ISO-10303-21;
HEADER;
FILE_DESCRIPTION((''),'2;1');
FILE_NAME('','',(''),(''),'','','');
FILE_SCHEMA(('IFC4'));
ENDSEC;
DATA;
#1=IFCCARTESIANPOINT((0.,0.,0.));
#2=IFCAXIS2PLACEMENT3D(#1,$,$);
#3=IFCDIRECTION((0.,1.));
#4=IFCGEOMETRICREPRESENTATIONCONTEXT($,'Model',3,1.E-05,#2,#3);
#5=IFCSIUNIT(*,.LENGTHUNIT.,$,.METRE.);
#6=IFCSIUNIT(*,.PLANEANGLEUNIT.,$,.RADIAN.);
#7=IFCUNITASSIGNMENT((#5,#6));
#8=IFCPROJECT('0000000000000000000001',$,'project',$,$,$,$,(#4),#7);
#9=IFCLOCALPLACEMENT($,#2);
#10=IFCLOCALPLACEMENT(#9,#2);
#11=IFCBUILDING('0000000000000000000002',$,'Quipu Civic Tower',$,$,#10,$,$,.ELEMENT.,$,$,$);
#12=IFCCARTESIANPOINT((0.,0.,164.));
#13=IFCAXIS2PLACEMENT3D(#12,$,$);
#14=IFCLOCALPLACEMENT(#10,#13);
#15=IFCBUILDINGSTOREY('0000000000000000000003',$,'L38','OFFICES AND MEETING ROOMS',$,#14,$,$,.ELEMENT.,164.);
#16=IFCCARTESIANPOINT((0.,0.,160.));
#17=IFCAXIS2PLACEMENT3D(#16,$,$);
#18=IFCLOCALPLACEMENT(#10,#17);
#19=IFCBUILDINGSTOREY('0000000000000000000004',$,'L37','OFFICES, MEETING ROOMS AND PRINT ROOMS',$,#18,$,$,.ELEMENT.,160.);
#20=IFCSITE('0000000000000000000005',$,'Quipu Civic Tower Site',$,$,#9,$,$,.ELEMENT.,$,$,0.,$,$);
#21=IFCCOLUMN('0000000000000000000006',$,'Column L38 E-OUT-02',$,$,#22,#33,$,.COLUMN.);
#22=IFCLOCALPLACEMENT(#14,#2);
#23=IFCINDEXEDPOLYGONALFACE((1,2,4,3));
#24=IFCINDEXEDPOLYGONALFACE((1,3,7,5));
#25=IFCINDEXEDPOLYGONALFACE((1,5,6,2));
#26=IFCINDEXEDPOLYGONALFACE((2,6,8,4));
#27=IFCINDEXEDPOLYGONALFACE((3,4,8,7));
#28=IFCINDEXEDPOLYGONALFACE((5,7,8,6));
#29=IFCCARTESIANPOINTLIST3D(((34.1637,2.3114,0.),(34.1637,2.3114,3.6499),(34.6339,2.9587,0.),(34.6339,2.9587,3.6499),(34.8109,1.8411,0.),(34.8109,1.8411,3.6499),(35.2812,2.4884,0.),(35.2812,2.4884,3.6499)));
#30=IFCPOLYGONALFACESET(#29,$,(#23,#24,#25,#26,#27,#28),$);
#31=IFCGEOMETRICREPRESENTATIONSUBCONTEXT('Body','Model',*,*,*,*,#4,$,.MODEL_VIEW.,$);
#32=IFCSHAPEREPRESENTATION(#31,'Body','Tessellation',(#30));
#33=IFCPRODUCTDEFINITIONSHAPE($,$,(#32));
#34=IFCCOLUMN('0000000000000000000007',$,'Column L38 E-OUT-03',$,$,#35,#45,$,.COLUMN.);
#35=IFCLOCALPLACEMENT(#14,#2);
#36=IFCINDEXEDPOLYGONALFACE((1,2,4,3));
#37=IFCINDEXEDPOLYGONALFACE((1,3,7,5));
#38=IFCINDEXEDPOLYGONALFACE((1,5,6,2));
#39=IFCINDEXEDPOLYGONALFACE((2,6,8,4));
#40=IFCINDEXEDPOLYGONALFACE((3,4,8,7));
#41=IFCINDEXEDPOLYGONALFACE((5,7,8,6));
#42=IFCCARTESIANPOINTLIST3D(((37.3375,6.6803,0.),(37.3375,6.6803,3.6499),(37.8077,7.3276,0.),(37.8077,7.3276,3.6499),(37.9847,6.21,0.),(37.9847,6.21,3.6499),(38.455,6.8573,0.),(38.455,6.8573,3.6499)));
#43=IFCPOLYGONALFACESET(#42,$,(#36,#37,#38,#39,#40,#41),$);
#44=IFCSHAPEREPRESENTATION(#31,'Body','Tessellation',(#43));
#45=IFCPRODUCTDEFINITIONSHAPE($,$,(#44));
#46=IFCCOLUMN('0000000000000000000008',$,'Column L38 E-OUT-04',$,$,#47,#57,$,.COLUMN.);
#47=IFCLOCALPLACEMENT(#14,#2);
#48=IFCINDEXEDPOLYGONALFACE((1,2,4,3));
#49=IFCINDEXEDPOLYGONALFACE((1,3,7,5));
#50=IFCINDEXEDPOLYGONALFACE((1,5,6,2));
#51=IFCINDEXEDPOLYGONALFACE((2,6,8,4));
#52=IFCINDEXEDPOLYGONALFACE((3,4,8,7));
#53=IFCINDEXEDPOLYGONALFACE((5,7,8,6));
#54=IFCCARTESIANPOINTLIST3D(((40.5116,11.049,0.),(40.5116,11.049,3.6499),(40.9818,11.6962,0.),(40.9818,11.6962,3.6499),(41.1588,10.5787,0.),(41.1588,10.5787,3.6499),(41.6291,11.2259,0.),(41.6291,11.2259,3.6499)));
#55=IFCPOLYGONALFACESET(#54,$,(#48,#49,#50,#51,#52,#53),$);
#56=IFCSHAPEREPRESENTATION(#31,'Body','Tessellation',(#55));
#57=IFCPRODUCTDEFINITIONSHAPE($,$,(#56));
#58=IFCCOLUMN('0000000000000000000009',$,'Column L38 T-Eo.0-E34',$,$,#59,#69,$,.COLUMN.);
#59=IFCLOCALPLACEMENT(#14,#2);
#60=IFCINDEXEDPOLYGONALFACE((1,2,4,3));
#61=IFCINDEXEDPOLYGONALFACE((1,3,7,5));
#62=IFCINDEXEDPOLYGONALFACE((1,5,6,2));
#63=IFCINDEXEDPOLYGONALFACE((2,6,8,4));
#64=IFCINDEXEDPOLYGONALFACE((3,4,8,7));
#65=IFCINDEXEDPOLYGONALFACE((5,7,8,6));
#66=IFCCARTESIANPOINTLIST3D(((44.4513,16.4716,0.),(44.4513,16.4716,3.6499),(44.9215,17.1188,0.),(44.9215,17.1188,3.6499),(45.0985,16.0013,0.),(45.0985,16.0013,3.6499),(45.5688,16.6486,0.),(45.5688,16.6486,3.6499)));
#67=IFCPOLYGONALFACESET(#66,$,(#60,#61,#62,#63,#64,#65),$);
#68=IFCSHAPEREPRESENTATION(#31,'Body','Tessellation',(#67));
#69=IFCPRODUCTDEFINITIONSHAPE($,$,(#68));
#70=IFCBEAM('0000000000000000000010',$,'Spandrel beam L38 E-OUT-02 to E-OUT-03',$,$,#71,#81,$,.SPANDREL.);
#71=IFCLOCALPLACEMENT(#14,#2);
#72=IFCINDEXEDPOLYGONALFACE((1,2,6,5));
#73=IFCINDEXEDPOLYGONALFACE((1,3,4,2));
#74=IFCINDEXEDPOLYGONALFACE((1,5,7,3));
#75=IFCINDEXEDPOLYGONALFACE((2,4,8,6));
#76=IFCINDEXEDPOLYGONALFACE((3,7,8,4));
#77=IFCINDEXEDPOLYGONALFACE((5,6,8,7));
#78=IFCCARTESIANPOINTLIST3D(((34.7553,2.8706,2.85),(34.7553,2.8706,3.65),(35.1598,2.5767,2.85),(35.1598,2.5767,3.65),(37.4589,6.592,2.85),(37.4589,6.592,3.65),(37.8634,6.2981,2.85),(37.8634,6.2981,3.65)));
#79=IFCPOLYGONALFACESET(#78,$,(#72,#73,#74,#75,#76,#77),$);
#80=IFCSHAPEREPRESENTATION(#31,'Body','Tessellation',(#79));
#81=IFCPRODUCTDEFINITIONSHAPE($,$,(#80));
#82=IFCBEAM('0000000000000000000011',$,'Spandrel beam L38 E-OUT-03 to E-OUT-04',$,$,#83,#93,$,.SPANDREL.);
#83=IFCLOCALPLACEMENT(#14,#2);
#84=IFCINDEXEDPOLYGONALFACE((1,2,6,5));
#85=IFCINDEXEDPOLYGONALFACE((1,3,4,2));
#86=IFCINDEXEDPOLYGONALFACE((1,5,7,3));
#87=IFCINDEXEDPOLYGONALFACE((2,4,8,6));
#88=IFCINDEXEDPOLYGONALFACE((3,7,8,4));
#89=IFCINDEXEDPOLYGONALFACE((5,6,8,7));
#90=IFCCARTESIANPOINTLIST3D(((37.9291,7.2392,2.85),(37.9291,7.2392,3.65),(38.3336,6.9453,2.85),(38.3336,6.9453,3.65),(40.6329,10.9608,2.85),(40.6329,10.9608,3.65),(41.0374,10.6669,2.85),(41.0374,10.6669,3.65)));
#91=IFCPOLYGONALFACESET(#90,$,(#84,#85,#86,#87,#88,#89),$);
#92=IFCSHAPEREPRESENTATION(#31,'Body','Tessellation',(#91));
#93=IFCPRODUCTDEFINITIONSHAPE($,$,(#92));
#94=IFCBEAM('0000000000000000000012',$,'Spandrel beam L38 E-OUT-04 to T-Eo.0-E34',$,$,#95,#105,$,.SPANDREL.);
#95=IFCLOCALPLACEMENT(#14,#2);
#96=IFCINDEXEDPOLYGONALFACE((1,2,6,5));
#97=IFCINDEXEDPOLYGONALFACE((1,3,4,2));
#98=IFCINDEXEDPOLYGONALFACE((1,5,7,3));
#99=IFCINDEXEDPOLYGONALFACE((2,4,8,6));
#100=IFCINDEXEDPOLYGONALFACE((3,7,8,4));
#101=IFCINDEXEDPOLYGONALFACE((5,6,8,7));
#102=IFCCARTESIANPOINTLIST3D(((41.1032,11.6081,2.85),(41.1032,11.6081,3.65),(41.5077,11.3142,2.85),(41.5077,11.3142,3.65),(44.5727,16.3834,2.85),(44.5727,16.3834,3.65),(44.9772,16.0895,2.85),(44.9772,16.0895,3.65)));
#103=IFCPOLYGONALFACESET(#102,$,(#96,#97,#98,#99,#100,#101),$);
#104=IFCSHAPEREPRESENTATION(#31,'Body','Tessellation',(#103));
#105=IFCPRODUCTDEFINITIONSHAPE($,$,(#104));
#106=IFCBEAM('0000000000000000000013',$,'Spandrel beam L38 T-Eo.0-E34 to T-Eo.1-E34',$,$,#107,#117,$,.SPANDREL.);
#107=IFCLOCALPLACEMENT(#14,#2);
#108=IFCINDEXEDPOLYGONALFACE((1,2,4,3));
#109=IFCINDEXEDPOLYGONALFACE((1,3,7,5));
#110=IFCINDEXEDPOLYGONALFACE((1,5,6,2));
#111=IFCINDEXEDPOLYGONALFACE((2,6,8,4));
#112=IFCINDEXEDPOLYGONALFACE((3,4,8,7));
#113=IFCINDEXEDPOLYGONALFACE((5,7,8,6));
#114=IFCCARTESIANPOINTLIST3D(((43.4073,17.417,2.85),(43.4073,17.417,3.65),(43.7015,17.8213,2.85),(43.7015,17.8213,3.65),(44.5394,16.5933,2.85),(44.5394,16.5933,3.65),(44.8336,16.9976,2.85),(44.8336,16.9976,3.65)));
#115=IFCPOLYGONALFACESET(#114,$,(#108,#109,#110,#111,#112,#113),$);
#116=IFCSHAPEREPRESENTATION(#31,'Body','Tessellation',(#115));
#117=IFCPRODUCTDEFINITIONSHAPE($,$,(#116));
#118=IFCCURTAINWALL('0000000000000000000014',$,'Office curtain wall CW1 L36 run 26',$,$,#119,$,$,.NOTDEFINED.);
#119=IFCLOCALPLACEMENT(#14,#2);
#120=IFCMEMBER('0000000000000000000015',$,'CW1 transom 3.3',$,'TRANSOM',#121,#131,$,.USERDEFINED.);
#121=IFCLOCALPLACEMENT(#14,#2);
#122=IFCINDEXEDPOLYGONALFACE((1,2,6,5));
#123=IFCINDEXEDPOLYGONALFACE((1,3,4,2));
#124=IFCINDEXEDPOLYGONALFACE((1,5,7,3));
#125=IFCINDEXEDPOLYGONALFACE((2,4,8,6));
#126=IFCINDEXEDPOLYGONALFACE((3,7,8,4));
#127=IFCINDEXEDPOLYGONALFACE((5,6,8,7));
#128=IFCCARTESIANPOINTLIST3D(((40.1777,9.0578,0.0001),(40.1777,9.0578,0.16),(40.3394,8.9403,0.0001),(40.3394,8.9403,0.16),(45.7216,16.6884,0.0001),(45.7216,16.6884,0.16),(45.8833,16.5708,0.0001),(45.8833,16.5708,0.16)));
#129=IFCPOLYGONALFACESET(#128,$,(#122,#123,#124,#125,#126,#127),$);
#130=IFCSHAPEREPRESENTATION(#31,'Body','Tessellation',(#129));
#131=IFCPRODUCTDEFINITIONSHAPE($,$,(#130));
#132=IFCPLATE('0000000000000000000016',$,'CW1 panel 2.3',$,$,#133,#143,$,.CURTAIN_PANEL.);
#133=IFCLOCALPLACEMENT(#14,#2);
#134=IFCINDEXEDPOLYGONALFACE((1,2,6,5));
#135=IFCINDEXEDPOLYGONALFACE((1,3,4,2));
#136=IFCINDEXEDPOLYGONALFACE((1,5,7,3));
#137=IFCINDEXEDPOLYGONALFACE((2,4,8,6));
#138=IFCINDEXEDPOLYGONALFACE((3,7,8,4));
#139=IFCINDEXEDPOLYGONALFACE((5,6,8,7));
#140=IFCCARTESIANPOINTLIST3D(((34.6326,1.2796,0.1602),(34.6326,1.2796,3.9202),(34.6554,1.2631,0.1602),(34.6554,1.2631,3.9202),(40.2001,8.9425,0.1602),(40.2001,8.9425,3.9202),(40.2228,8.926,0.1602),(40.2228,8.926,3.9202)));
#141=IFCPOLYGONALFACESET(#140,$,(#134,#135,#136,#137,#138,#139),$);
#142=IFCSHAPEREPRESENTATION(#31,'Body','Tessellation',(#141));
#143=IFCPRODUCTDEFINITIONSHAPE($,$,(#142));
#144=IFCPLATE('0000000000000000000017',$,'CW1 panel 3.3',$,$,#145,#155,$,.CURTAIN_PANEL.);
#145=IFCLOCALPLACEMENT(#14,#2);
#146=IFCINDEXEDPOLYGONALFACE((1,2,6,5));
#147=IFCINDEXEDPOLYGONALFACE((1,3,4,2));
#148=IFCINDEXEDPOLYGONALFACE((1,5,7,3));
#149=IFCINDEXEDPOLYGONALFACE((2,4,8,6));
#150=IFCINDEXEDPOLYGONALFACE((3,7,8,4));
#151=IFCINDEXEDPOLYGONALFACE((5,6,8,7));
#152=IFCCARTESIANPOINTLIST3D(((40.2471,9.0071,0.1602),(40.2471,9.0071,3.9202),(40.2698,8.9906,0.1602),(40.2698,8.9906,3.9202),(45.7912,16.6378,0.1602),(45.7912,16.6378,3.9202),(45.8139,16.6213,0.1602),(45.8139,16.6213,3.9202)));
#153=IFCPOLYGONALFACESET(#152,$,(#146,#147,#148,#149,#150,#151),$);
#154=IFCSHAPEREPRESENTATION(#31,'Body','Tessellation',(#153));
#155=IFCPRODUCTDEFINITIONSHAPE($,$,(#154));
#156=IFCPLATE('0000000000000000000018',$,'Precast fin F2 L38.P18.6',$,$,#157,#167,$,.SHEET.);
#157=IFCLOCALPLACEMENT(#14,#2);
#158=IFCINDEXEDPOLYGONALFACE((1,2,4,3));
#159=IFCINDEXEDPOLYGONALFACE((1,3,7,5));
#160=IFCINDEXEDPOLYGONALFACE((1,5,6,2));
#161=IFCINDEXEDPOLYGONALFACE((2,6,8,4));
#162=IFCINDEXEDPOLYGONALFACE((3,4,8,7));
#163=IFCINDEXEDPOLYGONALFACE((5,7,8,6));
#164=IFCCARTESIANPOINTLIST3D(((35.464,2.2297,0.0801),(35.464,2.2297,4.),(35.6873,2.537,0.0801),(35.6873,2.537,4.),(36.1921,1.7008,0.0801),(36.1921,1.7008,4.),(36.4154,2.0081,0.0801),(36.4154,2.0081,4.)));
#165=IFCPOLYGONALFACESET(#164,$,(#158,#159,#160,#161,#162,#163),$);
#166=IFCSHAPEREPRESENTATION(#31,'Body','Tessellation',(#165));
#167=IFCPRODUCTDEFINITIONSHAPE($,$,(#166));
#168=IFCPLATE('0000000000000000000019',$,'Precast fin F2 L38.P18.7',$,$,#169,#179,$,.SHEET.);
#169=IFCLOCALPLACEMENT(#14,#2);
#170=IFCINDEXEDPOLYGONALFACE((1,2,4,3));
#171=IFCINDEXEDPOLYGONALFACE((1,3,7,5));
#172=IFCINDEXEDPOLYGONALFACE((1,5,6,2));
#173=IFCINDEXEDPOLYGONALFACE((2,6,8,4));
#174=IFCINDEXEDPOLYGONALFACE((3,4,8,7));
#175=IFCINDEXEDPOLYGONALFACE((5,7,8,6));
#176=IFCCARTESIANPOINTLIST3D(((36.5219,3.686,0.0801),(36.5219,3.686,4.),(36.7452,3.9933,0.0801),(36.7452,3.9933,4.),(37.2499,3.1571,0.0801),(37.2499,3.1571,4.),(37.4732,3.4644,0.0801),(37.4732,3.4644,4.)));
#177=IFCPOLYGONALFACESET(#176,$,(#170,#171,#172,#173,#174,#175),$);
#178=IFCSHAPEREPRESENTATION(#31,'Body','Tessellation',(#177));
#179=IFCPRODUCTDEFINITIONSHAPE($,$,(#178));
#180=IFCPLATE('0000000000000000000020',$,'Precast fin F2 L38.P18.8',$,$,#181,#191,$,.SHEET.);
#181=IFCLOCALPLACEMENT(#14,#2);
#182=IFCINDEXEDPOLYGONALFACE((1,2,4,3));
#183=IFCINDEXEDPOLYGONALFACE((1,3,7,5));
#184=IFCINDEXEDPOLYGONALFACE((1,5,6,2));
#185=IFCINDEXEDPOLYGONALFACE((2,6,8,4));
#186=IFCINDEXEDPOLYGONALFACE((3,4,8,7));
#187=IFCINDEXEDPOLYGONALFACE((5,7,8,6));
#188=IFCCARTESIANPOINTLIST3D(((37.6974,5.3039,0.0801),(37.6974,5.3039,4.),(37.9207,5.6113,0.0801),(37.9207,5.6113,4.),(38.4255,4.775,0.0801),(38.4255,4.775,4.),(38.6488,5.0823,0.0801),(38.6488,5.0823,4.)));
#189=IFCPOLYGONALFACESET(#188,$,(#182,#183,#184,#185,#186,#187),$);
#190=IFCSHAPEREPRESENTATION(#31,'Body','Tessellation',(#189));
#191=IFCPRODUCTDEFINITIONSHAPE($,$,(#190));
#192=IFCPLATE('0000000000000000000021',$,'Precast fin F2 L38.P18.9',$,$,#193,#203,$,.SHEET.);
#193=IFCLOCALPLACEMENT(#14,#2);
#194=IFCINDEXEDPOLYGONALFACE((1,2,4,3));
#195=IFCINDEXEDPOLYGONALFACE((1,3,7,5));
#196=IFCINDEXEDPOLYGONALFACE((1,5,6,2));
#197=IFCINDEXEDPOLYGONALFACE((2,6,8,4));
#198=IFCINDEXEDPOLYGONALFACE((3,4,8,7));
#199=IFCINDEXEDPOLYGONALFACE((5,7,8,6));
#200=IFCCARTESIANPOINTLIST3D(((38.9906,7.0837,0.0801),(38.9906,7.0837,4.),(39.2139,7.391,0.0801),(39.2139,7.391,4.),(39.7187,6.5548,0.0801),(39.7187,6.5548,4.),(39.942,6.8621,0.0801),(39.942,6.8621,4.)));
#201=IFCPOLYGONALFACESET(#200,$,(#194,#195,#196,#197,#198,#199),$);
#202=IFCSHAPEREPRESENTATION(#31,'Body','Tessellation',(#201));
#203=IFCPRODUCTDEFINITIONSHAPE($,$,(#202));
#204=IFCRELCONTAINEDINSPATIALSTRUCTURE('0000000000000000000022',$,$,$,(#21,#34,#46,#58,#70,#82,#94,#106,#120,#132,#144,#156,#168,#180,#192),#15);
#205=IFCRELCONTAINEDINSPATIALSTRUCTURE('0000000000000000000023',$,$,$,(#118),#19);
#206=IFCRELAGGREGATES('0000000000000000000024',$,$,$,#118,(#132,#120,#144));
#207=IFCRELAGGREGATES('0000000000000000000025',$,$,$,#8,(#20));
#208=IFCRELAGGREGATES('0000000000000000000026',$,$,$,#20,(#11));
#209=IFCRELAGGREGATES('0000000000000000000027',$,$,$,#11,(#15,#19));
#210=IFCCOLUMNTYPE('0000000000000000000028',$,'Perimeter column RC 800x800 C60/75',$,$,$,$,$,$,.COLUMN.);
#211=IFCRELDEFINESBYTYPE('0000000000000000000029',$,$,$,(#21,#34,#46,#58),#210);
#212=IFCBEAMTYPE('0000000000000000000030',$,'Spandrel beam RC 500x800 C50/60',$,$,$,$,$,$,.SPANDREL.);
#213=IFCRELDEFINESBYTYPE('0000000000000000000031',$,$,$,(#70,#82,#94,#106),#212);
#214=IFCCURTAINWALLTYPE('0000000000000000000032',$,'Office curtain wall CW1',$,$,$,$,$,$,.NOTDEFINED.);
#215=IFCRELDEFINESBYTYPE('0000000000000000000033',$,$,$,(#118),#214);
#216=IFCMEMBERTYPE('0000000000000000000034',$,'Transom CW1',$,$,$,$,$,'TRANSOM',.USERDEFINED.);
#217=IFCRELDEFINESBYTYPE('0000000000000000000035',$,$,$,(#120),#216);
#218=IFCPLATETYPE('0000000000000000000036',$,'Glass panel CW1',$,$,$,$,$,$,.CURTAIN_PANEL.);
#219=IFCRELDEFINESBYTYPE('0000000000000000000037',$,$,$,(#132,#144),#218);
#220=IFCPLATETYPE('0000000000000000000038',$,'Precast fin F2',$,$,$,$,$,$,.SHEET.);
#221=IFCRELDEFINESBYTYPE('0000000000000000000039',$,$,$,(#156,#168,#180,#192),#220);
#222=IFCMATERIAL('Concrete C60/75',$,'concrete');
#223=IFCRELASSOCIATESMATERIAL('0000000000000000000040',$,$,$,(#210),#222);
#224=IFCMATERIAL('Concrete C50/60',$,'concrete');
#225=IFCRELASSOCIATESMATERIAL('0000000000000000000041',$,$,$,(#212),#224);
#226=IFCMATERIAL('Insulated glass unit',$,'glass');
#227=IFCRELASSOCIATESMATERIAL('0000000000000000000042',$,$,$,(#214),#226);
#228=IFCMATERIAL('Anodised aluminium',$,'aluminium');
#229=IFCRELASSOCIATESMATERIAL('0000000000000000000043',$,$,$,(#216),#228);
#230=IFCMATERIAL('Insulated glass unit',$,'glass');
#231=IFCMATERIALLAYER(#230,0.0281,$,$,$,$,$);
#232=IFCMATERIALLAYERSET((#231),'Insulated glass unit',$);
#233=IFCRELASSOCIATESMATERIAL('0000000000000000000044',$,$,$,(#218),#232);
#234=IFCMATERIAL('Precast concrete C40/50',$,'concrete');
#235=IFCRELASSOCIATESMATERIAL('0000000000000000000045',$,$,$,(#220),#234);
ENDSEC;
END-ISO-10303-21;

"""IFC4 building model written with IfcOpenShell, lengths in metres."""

from ifc_helpers import new_model, si_unit, direction, frame, origin, origin_2d, place, context, subcontext, project, spatial, rectangle, extrude, material, layer, layer_set, material_profile, profile_set, type_object, element, aggregate, save


model = new_model("IFC4")

# Units and contexts
model_context = context("Model", 3, precision=1e-05, world=origin(), true_north=direction((0.0, 1.0)))
body_context = subcontext(model_context, "Body", "Model", "MODEL_VIEW")
ifc_project = project(units=[si_unit("LENGTHUNIT", "METRE"), si_unit("PLANEANGLEUNIT", "RADIAN")], contexts=[model_context])

# Site, building, storey
site_placement = place(None, origin())
site = spatial("IfcSite", under=ifc_project, at=site_placement, Name="Quipu Civic Tower Site", CompositionType="ELEMENT", RefElevation=0.0)
building_placement = place(site_placement, origin())
building = spatial("IfcBuilding", under=site, at=building_placement, Name="Quipu Civic Tower", CompositionType="ELEMENT")
storey_1_placement = place(building_placement, frame((0.0, 0.0, 164.0)))
storey_1 = spatial("IfcBuildingStorey", under=building, at=storey_1_placement, Name="L38", Description="OFFICES AND MEETING ROOMS", CompositionType="ELEMENT", Elevation=164.0)

# Columns
ifc_material_1 = material(Name="Concrete C60/75", Category="concrete")
ifc_material_profile_1 = material_profile(ifc_material_1, rectangle(XDim=0.8, YDim=0.8, at=origin_2d()), Name="RC800x800")
ifc_profile_set_1 = profile_set([ifc_material_profile_1], Name="Concrete C60/75")
column_type = type_object("IfcColumnType", Name="Perimeter column RC 800x800 C60/75", PredefinedType="COLUMN", material=ifc_profile_set_1)
for number, where, z_axis, x_axis, name in (
    (1, (34.7224, 2.3999, 0.0), (0.0, 0.0, 1.0), (0.587785, 0.809017, 0.0), "Column L38 E-OUT-02"),
    (2, (37.8962, 6.7688, 0.0), (0.0, 0.0, 1.0), (0.587785, 0.809017, 0.0), "Column L38 E-OUT-03"),
    (3, (41.0703, 11.1375, 0.0), (0.0, 0.0, 1.0), (0.587785, 0.809017, 0.0), "Column L38 E-OUT-04"),
    (4, (45.01, 16.5601, 0.0), (0.0, 0.0, 1.0), (0.587785, 0.809017, 0.0), "Column L38 T-Eo.0-E34"),
):
    element("IfcColumn", number, at=place(storey_1_placement, frame(where, z_axis=z_axis, x_axis=x_axis)), inside=storey_1, type_object=column_type, Name=name, PredefinedType="COLUMN", context=body_context, shape_type="SweptSolid", body=[
        extrude(rectangle(XDim=0.8, YDim=0.8, at=origin_2d()), origin(), (0.0, 0.0, 1.0), 3.6499),
    ])

# Beams
ifc_material_2 = material(Name="Concrete C50/60", Category="concrete")
ifc_material_profile_2 = material_profile(ifc_material_2, rectangle(XDim=0.5, YDim=0.8, at=origin_2d()), Name="RC500x800")
ifc_profile_set_2 = profile_set([ifc_material_profile_2], Name="Concrete C50/60")
beam_type = type_object("IfcBeamType", Name="Spandrel beam RC 500x800 C50/60", PredefinedType="SPANDREL", material=ifc_profile_set_2)
beam_1_placement = place(storey_1_placement, frame((34.9575, 2.7236, 3.25), z_axis=(0.587761, 0.809034, 0.0), x_axis=(-0.809034, 0.587761, 0.0)))
element("IfcBeam", 5, at=beam_1_placement, inside=storey_1, type_object=beam_type, Name="Spandrel beam L38 E-OUT-02 to E-OUT-03", PredefinedType="SPANDREL", context=body_context, shape_type="SweptSolid", body=[
    extrude(rectangle(XDim=0.5, YDim=0.8, at=origin_2d()), origin(), (0.0, 0.0, 1.0), 4.5999),
])
beam_2_placement = place(storey_1_placement, frame((38.1313, 7.0923, 3.25), z_axis=(0.587771, 0.809027, 0.0), x_axis=(-0.809027, 0.587771, 0.0)))
element("IfcBeam", 6, at=beam_2_placement, inside=storey_1, type_object=beam_type, Name="Spandrel beam L38 E-OUT-03 to E-OUT-04", PredefinedType="SPANDREL", context=body_context, shape_type="SweptSolid", body=[
    extrude(rectangle(XDim=0.5, YDim=0.8, at=origin_2d()), origin(), (0.0, 0.0, 1.0), 4.6001),
])
beam_3_placement = place(storey_1_placement, frame((41.3054, 11.4612, 3.25), z_axis=(0.5878, 0.809006, 0.0), x_axis=(-0.809006, 0.5878, 0.0)))
element("IfcBeam", 7, at=beam_3_placement, inside=storey_1, type_object=beam_type, Name="Spandrel beam L38 E-OUT-04 to T-Eo.0-E34", PredefinedType="SPANDREL", context=body_context, shape_type="SweptSolid", body=[
    extrude(rectangle(XDim=0.5, YDim=0.8, at=origin_2d()), origin(), (0.0, 0.0, 1.0), 5.9026),
])
beam_4_placement = place(storey_1_placement, frame((44.6865, 16.7954, 3.25), z_axis=(-0.8086, 0.588358, 0.0), x_axis=(-0.588358, -0.8086, 0.0)))
element("IfcBeam", 8, at=beam_4_placement, inside=storey_1, type_object=beam_type, Name="Spandrel beam L38 T-Eo.0-E34 to T-Eo.1-E34", PredefinedType="SPANDREL", context=body_context, shape_type="SweptSolid", body=[
    extrude(rectangle(XDim=0.5, YDim=0.8, at=origin_2d()), origin(), (0.0, 0.0, 1.0), 1.4001),
])

# Shared definitions
storey_2_placement = place(building_placement, frame((0.0, 0.0, 160.0)))
storey_2 = spatial("IfcBuildingStorey", under=building, at=storey_2_placement, Name="L37", Description="OFFICES, MEETING ROOMS AND PRINT ROOMS", CompositionType="ELEMENT", Elevation=160.0)

# Curtain wall, member, plates
ifc_material_3 = material(Name="Insulated glass unit", Category="glass")
curtain_wall_type = type_object("IfcCurtainWallType", Name="Office curtain wall CW1", PredefinedType="NOTDEFINED", material=ifc_material_3)
curtain_wall_placement = place(storey_2_placement, origin())
curtain_wall = element("IfcCurtainWall", 9, at=curtain_wall_placement, inside=storey_2, type_object=curtain_wall_type, Name="Office curtain wall CW1 L36 run 26", PredefinedType="NOTDEFINED")
ifc_material_4 = material(Name="Anodised aluminium", Category="aluminium")
ifc_material_profile_3 = material_profile(ifc_material_4, rectangle(XDim=0.2, YDim=0.1599, at=origin_2d()), Name="RECT 200x160")
ifc_profile_set_3 = profile_set([ifc_material_profile_3], Name="Anodised aluminium")
member_type = type_object("IfcMemberType", Name="Transom CW1", ElementType="TRANSOM", PredefinedType="USERDEFINED", material=ifc_profile_set_3)
member_placement = place(storey_1_placement, frame((40.2585, 8.999, 0.0801), z_axis=(0.587784, 0.809018, 0.0), x_axis=(-0.809018, 0.587784, 0.0)))
member = element("IfcMember", 10, at=member_placement, inside=storey_1, type_object=member_type, Name="CW1 transom 3.3", ObjectType="TRANSOM", PredefinedType="USERDEFINED", context=body_context, shape_type="SweptSolid", body=[
    extrude(rectangle(XDim=0.2, YDim=0.1599, at=origin_2d()), origin(), (0.0, 0.0, 1.0), 9.4319),
])
ifc_material_5 = material(Name="Insulated glass unit", Category="glass")
ifc_layer_1 = layer(ifc_material_5, 0.0281)
ifc_layer_set_1 = layer_set([ifc_layer_1], Name="Insulated glass unit")
plate_type_1 = type_object("IfcPlateType", Name="Glass panel CW1", PredefinedType="CURTAIN_PANEL", material=ifc_layer_set_1)
plate_1_placement = place(storey_1_placement, frame((37.4277, 5.1028, 0.1602), z_axis=(0.0, 0.0, 1.0), x_axis=(0.587786, 0.809017, 0.0)))
plate_1 = element("IfcPlate", 11, at=plate_1_placement, inside=storey_1, type_object=plate_type_1, Name="CW1 panel 2.3", PredefinedType="CURTAIN_PANEL", context=body_context, shape_type="SweptSolid", body=[
    extrude(rectangle(XDim=9.4719, YDim=0.0281, at=origin_2d()), origin(), (0.0, 0.0, 1.0), 3.76),
])
plate_2_placement = place(storey_1_placement, frame((43.0305, 12.8142, 0.1602), z_axis=(0.0, 0.0, 1.0), x_axis=(0.587786, 0.809017, 0.0)))
plate_2 = element("IfcPlate", 12, at=plate_2_placement, inside=storey_1, type_object=plate_type_1, Name="CW1 panel 3.3", PredefinedType="CURTAIN_PANEL", context=body_context, shape_type="SweptSolid", body=[
    extrude(rectangle(XDim=9.4321, YDim=0.0281, at=origin_2d()), origin(), (0.0, 0.0, 1.0), 3.76),
])
aggregate(curtain_wall, [plate_1, member, plate_2])

# Plates
ifc_material_6 = material(Name="Precast concrete C40/50", Category="concrete")
plate_type_2 = type_object("IfcPlateType", Name="Precast fin F2", PredefinedType="SHEET", material=ifc_material_6)
for number, where, z_axis, x_axis, name in (
    (13, (35.9397, 2.1189, 0.0801), (0.0, 0.0, 1.0), (0.587786, 0.809017, 0.0), "Precast fin F2 L38.P18.6"),
    (14, (36.9976, 3.5752, 0.0801), (0.0, 0.0, 1.0), (0.587786, 0.809017, 0.0), "Precast fin F2 L38.P18.7"),
    (15, (38.1731, 5.1931, 0.0801), (0.0, 0.0, 1.0), (0.587786, 0.809017, 0.0), "Precast fin F2 L38.P18.8"),
    (16, (39.4663, 6.9729, 0.0801), (0.0, 0.0, 1.0), (0.587786, 0.809017, 0.0), "Precast fin F2 L38.P18.9"),
):
    element("IfcPlate", number, at=place(storey_1_placement, frame(where, z_axis=z_axis, x_axis=x_axis)), inside=storey_1, type_object=plate_type_2, Name=name, PredefinedType="SHEET", context=body_context, shape_type="SweptSolid", body=[
        extrude(rectangle(XDim=0.3799, YDim=0.8999, at=origin_2d()), origin(), (0.0, 0.0, 1.0), 3.9199),
    ])

save(model, "model.ifc")
